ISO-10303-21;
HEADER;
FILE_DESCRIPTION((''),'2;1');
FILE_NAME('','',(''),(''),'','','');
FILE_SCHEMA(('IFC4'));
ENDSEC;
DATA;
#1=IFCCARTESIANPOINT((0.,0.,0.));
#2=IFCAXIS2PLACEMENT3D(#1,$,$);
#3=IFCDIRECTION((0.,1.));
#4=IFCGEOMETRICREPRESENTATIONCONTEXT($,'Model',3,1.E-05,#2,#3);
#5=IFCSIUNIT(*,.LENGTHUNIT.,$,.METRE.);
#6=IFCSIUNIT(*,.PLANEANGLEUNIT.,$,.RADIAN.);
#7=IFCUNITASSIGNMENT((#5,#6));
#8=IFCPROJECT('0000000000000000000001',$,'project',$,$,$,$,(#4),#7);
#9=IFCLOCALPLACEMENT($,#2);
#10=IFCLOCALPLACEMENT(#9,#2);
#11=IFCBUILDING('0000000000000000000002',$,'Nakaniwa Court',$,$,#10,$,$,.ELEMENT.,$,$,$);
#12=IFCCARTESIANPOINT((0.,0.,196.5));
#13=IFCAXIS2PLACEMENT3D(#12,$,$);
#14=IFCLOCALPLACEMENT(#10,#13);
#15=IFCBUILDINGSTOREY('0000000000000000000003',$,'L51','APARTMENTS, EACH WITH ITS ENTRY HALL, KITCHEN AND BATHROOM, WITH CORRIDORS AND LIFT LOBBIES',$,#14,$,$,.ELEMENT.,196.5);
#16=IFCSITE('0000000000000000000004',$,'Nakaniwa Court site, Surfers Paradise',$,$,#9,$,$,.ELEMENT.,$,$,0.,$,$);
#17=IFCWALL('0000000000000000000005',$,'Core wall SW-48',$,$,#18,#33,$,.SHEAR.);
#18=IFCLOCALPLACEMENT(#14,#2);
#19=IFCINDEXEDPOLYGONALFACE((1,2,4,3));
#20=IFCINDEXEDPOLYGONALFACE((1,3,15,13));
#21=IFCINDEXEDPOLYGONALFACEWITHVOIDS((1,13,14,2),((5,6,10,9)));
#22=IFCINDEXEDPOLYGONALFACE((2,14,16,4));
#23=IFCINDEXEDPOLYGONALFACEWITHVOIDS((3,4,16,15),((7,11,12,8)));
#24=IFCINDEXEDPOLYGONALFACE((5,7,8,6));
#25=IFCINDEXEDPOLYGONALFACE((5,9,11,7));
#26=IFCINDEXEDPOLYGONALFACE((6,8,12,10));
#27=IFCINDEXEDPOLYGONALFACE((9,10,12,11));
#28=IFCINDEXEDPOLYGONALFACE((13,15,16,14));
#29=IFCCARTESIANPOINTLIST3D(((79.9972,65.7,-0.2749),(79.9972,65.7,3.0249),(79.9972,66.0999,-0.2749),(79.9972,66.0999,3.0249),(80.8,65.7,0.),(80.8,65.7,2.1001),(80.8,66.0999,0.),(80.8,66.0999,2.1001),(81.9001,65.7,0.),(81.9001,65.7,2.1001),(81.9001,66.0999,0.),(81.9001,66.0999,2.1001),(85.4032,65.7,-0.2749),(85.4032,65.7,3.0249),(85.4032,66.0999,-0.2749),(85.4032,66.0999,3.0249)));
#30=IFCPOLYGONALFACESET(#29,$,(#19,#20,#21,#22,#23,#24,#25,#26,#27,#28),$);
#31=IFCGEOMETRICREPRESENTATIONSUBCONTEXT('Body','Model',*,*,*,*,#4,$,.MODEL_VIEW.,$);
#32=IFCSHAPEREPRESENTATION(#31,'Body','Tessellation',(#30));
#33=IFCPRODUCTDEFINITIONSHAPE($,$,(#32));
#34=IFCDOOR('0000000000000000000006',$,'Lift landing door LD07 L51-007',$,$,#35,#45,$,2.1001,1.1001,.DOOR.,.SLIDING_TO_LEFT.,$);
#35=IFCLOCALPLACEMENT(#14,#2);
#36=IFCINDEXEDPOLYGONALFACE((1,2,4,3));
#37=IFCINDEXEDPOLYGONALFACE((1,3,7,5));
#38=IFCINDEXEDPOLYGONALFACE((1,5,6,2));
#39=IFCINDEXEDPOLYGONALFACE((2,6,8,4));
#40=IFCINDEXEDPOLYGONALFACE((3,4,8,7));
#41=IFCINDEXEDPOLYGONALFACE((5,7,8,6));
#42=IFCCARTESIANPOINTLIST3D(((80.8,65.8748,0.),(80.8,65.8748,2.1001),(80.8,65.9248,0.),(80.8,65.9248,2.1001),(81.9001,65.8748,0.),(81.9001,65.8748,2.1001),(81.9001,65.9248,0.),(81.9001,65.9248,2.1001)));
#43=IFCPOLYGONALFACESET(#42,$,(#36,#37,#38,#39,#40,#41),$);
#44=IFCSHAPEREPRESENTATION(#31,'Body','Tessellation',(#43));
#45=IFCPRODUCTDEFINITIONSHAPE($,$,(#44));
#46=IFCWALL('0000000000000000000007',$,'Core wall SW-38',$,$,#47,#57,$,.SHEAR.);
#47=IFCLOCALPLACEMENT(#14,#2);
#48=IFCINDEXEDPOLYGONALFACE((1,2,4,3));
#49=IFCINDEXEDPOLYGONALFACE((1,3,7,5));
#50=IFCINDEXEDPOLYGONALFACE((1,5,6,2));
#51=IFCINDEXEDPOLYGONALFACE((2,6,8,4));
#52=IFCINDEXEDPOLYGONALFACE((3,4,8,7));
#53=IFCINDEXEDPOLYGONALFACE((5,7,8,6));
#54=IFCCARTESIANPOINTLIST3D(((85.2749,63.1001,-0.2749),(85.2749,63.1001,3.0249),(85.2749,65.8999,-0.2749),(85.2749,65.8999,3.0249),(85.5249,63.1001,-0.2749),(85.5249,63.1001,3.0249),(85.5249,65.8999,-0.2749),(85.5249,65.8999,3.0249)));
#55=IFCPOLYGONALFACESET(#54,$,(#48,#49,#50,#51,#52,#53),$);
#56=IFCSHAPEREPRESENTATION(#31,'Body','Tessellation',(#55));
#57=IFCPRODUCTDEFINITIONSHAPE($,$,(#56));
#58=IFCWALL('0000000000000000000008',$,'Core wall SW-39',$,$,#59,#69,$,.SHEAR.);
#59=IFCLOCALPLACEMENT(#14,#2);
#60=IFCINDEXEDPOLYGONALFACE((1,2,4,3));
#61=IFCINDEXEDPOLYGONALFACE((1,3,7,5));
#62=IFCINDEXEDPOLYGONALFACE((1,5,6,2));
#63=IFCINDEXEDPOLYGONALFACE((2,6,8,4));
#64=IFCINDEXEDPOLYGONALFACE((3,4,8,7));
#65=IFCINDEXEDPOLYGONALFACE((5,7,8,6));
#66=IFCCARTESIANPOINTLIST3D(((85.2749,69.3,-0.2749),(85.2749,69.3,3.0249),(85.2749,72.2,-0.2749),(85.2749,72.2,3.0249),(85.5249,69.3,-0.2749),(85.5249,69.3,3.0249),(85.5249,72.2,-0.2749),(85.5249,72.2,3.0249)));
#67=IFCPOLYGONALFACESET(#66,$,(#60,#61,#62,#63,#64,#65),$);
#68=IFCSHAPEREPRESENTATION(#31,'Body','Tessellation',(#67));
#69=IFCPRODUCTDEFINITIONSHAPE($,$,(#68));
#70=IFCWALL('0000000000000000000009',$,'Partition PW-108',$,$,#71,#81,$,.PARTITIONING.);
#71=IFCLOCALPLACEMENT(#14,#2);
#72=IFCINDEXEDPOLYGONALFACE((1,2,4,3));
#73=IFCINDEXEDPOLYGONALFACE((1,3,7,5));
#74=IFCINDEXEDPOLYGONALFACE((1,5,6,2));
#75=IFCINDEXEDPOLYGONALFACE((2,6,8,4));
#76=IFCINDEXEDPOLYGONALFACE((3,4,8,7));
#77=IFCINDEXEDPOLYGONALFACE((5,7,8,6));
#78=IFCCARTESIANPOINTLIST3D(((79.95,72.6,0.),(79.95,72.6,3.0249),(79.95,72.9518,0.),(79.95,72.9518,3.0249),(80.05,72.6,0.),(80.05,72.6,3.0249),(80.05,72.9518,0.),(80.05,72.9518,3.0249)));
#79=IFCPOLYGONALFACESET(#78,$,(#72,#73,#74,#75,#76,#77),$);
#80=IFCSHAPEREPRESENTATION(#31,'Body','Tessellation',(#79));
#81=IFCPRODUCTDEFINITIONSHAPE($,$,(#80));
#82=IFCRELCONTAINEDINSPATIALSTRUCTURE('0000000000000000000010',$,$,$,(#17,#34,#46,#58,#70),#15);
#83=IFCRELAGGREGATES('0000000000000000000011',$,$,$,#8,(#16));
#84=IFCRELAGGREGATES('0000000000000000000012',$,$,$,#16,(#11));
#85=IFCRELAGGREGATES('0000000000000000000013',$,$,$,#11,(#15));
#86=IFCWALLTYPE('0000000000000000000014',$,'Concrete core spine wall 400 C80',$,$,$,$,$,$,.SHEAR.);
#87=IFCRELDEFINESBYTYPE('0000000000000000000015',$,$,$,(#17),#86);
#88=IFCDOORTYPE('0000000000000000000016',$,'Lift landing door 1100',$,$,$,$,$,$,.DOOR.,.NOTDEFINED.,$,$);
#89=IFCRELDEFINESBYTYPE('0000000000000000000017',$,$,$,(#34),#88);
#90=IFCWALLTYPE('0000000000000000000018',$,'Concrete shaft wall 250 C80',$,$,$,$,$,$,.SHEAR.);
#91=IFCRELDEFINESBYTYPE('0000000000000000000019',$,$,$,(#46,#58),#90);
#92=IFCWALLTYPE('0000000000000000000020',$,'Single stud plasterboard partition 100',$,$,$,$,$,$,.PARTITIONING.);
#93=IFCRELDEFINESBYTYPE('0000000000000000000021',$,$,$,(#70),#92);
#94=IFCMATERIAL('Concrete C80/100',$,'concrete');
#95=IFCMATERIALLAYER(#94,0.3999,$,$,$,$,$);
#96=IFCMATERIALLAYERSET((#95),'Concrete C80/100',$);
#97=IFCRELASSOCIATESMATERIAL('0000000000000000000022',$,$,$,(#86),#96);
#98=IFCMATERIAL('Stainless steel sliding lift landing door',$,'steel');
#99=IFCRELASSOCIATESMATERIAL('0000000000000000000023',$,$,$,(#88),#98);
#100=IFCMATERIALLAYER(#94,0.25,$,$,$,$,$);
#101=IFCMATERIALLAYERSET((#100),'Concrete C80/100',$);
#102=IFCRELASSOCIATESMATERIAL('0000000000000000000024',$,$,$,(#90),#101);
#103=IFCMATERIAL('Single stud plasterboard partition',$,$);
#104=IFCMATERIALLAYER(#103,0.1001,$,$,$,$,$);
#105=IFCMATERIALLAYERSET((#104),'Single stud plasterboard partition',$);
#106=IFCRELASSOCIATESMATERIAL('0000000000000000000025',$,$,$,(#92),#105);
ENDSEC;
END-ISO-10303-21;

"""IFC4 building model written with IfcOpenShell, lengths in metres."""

from ifc_helpers import new_model, si_unit, direction, frame, frame_2d, origin, place, context, subcontext, project, spatial, rectangle, extrude, material, layer, layer_set, type_object, element, fill, save


model = new_model("IFC4")

# Units and contexts
model_context = context("Model", 3, precision=1e-05, world=origin(), true_north=direction((0.0, 1.0)))
body_context = subcontext(model_context, "Body", "Model", "MODEL_VIEW")
ifc_project = project(units=[si_unit("LENGTHUNIT", "METRE"), si_unit("PLANEANGLEUNIT", "RADIAN")], contexts=[model_context])

# Site, building, storey
site_placement = place(None, origin())
site = spatial("IfcSite", under=ifc_project, at=site_placement, Name="Nakaniwa Court site, Surfers Paradise", CompositionType="ELEMENT", RefElevation=0.0)
building_placement = place(site_placement, origin())
building = spatial("IfcBuilding", under=site, at=building_placement, Name="Nakaniwa Court", CompositionType="ELEMENT")
storey_placement = place(building_placement, frame((0.0, 0.0, 196.5)))
storey = spatial("IfcBuildingStorey", under=building, at=storey_placement, Name="L51", Description="APARTMENTS, EACH WITH ITS ENTRY HALL, KITCHEN AND BATHROOM, WITH CORRIDORS AND LIFT LOBBIES", CompositionType="ELEMENT", Elevation=196.5)

# Shared definitions
ifc_material_1 = material(Name="Concrete C80/100", Category="concrete")

# Wall, opening, door
ifc_layer_1 = layer(ifc_material_1, 0.3999)
ifc_layer_set_1 = layer_set([ifc_layer_1], Name="Concrete C80/100")
wall_type_1 = type_object("IfcWallType", Name="Concrete core spine wall 400 C80", PredefinedType="SHEAR", material=ifc_layer_set_1)
ifc_material_2 = material(Name="Stainless steel sliding lift landing door", Category="steel")
door_type_1 = type_object("IfcDoorType", Name="Lift landing door 1100", OperationType="NOTDEFINED", PredefinedType="DOOR", material=ifc_material_2)
wall_1_placement = place(storey_placement, frame((79.9971, 65.8999, -0.2749), z_axis=(0.0, 0.0, 1.0), x_axis=(1.0, 0.0, 0.0)))
wall_1 = element("IfcWall", 1, at=wall_1_placement, inside=storey, type_object=wall_type_1, Name="Core wall SW-48", PredefinedType="SHEAR", context=body_context, shape_type="SweptSolid", body=[
    extrude(rectangle(XDim=5.406, YDim=0.3999, at=frame_2d((2.7031, 0.0))), origin(), (0.0, 0.0, 1.0), 3.2998),
])
opening_1_placement = place(wall_1_placement, frame((0.803, 0.0, 0.2749)))
opening_1 = element("IfcOpeningElement", 2, at=opening_1_placement, cuts=wall_1, PredefinedType="OPENING", context=body_context, shape_type="SweptSolid", body=[
    extrude(rectangle(XDim=1.1001, YDim=2.1001, at=frame_2d((0.55, 1.05))), frame((0.0, 0.21, 0.0), z_axis=(0.0, -1.0, 0.0), x_axis=(1.0, 0.0, 0.0)), (0.0, 0.0, 1.0), 0.4199),
])
door_1_placement = place(opening_1_placement, origin())
door_1 = element("IfcDoor", 3, at=door_1_placement, inside=storey, type_object=door_type_1, Name="Lift landing door LD07 L51-007", OperationType="SLIDING_TO_LEFT", OverallHeight=2.1001, OverallWidth=1.1001, PredefinedType="DOOR", context=body_context, shape_type="SweptSolid", body=[
    extrude(rectangle(XDim=1.1001, YDim=2.1001, at=frame_2d((0.55, 1.05))), frame((0.0, 0.0249, 0.0), z_axis=(0.0, -1.0, 0.0), x_axis=(1.0, 0.0, 0.0)), (0.0, 0.0, 1.0), 0.05),
])
fill(opening_1, door_1)

# Walls
ifc_layer_2 = layer(ifc_material_1, 0.25)
ifc_layer_set_2 = layer_set([ifc_layer_2], Name="Concrete C80/100")
wall_type_2 = type_object("IfcWallType", Name="Concrete shaft wall 250 C80", PredefinedType="SHEAR", material=ifc_layer_set_2)
wall_2_placement = place(storey_placement, frame((85.3999, 63.1001, -0.2749), z_axis=(0.0, 0.0, 1.0), x_axis=(0.0, 1.0, 0.0)))
element("IfcWall", 4, at=wall_2_placement, inside=storey, type_object=wall_type_2, Name="Core wall SW-38", PredefinedType="SHEAR", context=body_context, shape_type="SweptSolid", body=[
    extrude(rectangle(XDim=2.7998, YDim=0.25, at=frame_2d((1.3999, 0.0))), origin(), (0.0, 0.0, 1.0), 3.2998),
])
wall_3_placement = place(storey_placement, frame((85.3999, 69.3, -0.2749), z_axis=(0.0, 0.0, 1.0), x_axis=(0.0, 1.0, 0.0)))
element("IfcWall", 5, at=wall_3_placement, inside=storey, type_object=wall_type_2, Name="Core wall SW-39", PredefinedType="SHEAR", context=body_context, shape_type="SweptSolid", body=[
    extrude(rectangle(XDim=2.8999, YDim=0.25, at=frame_2d((1.45, 0.0))), origin(), (0.0, 0.0, 1.0), 3.2998),
])
ifc_material_3 = material(Name="Single stud plasterboard partition")
ifc_layer_3 = layer(ifc_material_3, 0.1001)
ifc_layer_set_3 = layer_set([ifc_layer_3], Name="Single stud plasterboard partition")
wall_type_3 = type_object("IfcWallType", Name="Single stud plasterboard partition 100", PredefinedType="PARTITIONING", material=ifc_layer_set_3)
wall_4_placement = place(storey_placement, frame((80.0, 72.6001, 0.0), z_axis=(0.0, 0.0, 1.0), x_axis=(0.0, 1.0, 0.0)))
element("IfcWall", 6, at=wall_4_placement, inside=storey, type_object=wall_type_3, Name="Partition PW-108", PredefinedType="PARTITIONING", context=body_context, shape_type="SweptSolid", body=[
    extrude(rectangle(XDim=0.3518, YDim=0.1001, at=frame_2d((0.1758, 0.0))), origin(), (0.0, 0.0, 1.0), 3.0249),
])

save(model, "model.ifc")
